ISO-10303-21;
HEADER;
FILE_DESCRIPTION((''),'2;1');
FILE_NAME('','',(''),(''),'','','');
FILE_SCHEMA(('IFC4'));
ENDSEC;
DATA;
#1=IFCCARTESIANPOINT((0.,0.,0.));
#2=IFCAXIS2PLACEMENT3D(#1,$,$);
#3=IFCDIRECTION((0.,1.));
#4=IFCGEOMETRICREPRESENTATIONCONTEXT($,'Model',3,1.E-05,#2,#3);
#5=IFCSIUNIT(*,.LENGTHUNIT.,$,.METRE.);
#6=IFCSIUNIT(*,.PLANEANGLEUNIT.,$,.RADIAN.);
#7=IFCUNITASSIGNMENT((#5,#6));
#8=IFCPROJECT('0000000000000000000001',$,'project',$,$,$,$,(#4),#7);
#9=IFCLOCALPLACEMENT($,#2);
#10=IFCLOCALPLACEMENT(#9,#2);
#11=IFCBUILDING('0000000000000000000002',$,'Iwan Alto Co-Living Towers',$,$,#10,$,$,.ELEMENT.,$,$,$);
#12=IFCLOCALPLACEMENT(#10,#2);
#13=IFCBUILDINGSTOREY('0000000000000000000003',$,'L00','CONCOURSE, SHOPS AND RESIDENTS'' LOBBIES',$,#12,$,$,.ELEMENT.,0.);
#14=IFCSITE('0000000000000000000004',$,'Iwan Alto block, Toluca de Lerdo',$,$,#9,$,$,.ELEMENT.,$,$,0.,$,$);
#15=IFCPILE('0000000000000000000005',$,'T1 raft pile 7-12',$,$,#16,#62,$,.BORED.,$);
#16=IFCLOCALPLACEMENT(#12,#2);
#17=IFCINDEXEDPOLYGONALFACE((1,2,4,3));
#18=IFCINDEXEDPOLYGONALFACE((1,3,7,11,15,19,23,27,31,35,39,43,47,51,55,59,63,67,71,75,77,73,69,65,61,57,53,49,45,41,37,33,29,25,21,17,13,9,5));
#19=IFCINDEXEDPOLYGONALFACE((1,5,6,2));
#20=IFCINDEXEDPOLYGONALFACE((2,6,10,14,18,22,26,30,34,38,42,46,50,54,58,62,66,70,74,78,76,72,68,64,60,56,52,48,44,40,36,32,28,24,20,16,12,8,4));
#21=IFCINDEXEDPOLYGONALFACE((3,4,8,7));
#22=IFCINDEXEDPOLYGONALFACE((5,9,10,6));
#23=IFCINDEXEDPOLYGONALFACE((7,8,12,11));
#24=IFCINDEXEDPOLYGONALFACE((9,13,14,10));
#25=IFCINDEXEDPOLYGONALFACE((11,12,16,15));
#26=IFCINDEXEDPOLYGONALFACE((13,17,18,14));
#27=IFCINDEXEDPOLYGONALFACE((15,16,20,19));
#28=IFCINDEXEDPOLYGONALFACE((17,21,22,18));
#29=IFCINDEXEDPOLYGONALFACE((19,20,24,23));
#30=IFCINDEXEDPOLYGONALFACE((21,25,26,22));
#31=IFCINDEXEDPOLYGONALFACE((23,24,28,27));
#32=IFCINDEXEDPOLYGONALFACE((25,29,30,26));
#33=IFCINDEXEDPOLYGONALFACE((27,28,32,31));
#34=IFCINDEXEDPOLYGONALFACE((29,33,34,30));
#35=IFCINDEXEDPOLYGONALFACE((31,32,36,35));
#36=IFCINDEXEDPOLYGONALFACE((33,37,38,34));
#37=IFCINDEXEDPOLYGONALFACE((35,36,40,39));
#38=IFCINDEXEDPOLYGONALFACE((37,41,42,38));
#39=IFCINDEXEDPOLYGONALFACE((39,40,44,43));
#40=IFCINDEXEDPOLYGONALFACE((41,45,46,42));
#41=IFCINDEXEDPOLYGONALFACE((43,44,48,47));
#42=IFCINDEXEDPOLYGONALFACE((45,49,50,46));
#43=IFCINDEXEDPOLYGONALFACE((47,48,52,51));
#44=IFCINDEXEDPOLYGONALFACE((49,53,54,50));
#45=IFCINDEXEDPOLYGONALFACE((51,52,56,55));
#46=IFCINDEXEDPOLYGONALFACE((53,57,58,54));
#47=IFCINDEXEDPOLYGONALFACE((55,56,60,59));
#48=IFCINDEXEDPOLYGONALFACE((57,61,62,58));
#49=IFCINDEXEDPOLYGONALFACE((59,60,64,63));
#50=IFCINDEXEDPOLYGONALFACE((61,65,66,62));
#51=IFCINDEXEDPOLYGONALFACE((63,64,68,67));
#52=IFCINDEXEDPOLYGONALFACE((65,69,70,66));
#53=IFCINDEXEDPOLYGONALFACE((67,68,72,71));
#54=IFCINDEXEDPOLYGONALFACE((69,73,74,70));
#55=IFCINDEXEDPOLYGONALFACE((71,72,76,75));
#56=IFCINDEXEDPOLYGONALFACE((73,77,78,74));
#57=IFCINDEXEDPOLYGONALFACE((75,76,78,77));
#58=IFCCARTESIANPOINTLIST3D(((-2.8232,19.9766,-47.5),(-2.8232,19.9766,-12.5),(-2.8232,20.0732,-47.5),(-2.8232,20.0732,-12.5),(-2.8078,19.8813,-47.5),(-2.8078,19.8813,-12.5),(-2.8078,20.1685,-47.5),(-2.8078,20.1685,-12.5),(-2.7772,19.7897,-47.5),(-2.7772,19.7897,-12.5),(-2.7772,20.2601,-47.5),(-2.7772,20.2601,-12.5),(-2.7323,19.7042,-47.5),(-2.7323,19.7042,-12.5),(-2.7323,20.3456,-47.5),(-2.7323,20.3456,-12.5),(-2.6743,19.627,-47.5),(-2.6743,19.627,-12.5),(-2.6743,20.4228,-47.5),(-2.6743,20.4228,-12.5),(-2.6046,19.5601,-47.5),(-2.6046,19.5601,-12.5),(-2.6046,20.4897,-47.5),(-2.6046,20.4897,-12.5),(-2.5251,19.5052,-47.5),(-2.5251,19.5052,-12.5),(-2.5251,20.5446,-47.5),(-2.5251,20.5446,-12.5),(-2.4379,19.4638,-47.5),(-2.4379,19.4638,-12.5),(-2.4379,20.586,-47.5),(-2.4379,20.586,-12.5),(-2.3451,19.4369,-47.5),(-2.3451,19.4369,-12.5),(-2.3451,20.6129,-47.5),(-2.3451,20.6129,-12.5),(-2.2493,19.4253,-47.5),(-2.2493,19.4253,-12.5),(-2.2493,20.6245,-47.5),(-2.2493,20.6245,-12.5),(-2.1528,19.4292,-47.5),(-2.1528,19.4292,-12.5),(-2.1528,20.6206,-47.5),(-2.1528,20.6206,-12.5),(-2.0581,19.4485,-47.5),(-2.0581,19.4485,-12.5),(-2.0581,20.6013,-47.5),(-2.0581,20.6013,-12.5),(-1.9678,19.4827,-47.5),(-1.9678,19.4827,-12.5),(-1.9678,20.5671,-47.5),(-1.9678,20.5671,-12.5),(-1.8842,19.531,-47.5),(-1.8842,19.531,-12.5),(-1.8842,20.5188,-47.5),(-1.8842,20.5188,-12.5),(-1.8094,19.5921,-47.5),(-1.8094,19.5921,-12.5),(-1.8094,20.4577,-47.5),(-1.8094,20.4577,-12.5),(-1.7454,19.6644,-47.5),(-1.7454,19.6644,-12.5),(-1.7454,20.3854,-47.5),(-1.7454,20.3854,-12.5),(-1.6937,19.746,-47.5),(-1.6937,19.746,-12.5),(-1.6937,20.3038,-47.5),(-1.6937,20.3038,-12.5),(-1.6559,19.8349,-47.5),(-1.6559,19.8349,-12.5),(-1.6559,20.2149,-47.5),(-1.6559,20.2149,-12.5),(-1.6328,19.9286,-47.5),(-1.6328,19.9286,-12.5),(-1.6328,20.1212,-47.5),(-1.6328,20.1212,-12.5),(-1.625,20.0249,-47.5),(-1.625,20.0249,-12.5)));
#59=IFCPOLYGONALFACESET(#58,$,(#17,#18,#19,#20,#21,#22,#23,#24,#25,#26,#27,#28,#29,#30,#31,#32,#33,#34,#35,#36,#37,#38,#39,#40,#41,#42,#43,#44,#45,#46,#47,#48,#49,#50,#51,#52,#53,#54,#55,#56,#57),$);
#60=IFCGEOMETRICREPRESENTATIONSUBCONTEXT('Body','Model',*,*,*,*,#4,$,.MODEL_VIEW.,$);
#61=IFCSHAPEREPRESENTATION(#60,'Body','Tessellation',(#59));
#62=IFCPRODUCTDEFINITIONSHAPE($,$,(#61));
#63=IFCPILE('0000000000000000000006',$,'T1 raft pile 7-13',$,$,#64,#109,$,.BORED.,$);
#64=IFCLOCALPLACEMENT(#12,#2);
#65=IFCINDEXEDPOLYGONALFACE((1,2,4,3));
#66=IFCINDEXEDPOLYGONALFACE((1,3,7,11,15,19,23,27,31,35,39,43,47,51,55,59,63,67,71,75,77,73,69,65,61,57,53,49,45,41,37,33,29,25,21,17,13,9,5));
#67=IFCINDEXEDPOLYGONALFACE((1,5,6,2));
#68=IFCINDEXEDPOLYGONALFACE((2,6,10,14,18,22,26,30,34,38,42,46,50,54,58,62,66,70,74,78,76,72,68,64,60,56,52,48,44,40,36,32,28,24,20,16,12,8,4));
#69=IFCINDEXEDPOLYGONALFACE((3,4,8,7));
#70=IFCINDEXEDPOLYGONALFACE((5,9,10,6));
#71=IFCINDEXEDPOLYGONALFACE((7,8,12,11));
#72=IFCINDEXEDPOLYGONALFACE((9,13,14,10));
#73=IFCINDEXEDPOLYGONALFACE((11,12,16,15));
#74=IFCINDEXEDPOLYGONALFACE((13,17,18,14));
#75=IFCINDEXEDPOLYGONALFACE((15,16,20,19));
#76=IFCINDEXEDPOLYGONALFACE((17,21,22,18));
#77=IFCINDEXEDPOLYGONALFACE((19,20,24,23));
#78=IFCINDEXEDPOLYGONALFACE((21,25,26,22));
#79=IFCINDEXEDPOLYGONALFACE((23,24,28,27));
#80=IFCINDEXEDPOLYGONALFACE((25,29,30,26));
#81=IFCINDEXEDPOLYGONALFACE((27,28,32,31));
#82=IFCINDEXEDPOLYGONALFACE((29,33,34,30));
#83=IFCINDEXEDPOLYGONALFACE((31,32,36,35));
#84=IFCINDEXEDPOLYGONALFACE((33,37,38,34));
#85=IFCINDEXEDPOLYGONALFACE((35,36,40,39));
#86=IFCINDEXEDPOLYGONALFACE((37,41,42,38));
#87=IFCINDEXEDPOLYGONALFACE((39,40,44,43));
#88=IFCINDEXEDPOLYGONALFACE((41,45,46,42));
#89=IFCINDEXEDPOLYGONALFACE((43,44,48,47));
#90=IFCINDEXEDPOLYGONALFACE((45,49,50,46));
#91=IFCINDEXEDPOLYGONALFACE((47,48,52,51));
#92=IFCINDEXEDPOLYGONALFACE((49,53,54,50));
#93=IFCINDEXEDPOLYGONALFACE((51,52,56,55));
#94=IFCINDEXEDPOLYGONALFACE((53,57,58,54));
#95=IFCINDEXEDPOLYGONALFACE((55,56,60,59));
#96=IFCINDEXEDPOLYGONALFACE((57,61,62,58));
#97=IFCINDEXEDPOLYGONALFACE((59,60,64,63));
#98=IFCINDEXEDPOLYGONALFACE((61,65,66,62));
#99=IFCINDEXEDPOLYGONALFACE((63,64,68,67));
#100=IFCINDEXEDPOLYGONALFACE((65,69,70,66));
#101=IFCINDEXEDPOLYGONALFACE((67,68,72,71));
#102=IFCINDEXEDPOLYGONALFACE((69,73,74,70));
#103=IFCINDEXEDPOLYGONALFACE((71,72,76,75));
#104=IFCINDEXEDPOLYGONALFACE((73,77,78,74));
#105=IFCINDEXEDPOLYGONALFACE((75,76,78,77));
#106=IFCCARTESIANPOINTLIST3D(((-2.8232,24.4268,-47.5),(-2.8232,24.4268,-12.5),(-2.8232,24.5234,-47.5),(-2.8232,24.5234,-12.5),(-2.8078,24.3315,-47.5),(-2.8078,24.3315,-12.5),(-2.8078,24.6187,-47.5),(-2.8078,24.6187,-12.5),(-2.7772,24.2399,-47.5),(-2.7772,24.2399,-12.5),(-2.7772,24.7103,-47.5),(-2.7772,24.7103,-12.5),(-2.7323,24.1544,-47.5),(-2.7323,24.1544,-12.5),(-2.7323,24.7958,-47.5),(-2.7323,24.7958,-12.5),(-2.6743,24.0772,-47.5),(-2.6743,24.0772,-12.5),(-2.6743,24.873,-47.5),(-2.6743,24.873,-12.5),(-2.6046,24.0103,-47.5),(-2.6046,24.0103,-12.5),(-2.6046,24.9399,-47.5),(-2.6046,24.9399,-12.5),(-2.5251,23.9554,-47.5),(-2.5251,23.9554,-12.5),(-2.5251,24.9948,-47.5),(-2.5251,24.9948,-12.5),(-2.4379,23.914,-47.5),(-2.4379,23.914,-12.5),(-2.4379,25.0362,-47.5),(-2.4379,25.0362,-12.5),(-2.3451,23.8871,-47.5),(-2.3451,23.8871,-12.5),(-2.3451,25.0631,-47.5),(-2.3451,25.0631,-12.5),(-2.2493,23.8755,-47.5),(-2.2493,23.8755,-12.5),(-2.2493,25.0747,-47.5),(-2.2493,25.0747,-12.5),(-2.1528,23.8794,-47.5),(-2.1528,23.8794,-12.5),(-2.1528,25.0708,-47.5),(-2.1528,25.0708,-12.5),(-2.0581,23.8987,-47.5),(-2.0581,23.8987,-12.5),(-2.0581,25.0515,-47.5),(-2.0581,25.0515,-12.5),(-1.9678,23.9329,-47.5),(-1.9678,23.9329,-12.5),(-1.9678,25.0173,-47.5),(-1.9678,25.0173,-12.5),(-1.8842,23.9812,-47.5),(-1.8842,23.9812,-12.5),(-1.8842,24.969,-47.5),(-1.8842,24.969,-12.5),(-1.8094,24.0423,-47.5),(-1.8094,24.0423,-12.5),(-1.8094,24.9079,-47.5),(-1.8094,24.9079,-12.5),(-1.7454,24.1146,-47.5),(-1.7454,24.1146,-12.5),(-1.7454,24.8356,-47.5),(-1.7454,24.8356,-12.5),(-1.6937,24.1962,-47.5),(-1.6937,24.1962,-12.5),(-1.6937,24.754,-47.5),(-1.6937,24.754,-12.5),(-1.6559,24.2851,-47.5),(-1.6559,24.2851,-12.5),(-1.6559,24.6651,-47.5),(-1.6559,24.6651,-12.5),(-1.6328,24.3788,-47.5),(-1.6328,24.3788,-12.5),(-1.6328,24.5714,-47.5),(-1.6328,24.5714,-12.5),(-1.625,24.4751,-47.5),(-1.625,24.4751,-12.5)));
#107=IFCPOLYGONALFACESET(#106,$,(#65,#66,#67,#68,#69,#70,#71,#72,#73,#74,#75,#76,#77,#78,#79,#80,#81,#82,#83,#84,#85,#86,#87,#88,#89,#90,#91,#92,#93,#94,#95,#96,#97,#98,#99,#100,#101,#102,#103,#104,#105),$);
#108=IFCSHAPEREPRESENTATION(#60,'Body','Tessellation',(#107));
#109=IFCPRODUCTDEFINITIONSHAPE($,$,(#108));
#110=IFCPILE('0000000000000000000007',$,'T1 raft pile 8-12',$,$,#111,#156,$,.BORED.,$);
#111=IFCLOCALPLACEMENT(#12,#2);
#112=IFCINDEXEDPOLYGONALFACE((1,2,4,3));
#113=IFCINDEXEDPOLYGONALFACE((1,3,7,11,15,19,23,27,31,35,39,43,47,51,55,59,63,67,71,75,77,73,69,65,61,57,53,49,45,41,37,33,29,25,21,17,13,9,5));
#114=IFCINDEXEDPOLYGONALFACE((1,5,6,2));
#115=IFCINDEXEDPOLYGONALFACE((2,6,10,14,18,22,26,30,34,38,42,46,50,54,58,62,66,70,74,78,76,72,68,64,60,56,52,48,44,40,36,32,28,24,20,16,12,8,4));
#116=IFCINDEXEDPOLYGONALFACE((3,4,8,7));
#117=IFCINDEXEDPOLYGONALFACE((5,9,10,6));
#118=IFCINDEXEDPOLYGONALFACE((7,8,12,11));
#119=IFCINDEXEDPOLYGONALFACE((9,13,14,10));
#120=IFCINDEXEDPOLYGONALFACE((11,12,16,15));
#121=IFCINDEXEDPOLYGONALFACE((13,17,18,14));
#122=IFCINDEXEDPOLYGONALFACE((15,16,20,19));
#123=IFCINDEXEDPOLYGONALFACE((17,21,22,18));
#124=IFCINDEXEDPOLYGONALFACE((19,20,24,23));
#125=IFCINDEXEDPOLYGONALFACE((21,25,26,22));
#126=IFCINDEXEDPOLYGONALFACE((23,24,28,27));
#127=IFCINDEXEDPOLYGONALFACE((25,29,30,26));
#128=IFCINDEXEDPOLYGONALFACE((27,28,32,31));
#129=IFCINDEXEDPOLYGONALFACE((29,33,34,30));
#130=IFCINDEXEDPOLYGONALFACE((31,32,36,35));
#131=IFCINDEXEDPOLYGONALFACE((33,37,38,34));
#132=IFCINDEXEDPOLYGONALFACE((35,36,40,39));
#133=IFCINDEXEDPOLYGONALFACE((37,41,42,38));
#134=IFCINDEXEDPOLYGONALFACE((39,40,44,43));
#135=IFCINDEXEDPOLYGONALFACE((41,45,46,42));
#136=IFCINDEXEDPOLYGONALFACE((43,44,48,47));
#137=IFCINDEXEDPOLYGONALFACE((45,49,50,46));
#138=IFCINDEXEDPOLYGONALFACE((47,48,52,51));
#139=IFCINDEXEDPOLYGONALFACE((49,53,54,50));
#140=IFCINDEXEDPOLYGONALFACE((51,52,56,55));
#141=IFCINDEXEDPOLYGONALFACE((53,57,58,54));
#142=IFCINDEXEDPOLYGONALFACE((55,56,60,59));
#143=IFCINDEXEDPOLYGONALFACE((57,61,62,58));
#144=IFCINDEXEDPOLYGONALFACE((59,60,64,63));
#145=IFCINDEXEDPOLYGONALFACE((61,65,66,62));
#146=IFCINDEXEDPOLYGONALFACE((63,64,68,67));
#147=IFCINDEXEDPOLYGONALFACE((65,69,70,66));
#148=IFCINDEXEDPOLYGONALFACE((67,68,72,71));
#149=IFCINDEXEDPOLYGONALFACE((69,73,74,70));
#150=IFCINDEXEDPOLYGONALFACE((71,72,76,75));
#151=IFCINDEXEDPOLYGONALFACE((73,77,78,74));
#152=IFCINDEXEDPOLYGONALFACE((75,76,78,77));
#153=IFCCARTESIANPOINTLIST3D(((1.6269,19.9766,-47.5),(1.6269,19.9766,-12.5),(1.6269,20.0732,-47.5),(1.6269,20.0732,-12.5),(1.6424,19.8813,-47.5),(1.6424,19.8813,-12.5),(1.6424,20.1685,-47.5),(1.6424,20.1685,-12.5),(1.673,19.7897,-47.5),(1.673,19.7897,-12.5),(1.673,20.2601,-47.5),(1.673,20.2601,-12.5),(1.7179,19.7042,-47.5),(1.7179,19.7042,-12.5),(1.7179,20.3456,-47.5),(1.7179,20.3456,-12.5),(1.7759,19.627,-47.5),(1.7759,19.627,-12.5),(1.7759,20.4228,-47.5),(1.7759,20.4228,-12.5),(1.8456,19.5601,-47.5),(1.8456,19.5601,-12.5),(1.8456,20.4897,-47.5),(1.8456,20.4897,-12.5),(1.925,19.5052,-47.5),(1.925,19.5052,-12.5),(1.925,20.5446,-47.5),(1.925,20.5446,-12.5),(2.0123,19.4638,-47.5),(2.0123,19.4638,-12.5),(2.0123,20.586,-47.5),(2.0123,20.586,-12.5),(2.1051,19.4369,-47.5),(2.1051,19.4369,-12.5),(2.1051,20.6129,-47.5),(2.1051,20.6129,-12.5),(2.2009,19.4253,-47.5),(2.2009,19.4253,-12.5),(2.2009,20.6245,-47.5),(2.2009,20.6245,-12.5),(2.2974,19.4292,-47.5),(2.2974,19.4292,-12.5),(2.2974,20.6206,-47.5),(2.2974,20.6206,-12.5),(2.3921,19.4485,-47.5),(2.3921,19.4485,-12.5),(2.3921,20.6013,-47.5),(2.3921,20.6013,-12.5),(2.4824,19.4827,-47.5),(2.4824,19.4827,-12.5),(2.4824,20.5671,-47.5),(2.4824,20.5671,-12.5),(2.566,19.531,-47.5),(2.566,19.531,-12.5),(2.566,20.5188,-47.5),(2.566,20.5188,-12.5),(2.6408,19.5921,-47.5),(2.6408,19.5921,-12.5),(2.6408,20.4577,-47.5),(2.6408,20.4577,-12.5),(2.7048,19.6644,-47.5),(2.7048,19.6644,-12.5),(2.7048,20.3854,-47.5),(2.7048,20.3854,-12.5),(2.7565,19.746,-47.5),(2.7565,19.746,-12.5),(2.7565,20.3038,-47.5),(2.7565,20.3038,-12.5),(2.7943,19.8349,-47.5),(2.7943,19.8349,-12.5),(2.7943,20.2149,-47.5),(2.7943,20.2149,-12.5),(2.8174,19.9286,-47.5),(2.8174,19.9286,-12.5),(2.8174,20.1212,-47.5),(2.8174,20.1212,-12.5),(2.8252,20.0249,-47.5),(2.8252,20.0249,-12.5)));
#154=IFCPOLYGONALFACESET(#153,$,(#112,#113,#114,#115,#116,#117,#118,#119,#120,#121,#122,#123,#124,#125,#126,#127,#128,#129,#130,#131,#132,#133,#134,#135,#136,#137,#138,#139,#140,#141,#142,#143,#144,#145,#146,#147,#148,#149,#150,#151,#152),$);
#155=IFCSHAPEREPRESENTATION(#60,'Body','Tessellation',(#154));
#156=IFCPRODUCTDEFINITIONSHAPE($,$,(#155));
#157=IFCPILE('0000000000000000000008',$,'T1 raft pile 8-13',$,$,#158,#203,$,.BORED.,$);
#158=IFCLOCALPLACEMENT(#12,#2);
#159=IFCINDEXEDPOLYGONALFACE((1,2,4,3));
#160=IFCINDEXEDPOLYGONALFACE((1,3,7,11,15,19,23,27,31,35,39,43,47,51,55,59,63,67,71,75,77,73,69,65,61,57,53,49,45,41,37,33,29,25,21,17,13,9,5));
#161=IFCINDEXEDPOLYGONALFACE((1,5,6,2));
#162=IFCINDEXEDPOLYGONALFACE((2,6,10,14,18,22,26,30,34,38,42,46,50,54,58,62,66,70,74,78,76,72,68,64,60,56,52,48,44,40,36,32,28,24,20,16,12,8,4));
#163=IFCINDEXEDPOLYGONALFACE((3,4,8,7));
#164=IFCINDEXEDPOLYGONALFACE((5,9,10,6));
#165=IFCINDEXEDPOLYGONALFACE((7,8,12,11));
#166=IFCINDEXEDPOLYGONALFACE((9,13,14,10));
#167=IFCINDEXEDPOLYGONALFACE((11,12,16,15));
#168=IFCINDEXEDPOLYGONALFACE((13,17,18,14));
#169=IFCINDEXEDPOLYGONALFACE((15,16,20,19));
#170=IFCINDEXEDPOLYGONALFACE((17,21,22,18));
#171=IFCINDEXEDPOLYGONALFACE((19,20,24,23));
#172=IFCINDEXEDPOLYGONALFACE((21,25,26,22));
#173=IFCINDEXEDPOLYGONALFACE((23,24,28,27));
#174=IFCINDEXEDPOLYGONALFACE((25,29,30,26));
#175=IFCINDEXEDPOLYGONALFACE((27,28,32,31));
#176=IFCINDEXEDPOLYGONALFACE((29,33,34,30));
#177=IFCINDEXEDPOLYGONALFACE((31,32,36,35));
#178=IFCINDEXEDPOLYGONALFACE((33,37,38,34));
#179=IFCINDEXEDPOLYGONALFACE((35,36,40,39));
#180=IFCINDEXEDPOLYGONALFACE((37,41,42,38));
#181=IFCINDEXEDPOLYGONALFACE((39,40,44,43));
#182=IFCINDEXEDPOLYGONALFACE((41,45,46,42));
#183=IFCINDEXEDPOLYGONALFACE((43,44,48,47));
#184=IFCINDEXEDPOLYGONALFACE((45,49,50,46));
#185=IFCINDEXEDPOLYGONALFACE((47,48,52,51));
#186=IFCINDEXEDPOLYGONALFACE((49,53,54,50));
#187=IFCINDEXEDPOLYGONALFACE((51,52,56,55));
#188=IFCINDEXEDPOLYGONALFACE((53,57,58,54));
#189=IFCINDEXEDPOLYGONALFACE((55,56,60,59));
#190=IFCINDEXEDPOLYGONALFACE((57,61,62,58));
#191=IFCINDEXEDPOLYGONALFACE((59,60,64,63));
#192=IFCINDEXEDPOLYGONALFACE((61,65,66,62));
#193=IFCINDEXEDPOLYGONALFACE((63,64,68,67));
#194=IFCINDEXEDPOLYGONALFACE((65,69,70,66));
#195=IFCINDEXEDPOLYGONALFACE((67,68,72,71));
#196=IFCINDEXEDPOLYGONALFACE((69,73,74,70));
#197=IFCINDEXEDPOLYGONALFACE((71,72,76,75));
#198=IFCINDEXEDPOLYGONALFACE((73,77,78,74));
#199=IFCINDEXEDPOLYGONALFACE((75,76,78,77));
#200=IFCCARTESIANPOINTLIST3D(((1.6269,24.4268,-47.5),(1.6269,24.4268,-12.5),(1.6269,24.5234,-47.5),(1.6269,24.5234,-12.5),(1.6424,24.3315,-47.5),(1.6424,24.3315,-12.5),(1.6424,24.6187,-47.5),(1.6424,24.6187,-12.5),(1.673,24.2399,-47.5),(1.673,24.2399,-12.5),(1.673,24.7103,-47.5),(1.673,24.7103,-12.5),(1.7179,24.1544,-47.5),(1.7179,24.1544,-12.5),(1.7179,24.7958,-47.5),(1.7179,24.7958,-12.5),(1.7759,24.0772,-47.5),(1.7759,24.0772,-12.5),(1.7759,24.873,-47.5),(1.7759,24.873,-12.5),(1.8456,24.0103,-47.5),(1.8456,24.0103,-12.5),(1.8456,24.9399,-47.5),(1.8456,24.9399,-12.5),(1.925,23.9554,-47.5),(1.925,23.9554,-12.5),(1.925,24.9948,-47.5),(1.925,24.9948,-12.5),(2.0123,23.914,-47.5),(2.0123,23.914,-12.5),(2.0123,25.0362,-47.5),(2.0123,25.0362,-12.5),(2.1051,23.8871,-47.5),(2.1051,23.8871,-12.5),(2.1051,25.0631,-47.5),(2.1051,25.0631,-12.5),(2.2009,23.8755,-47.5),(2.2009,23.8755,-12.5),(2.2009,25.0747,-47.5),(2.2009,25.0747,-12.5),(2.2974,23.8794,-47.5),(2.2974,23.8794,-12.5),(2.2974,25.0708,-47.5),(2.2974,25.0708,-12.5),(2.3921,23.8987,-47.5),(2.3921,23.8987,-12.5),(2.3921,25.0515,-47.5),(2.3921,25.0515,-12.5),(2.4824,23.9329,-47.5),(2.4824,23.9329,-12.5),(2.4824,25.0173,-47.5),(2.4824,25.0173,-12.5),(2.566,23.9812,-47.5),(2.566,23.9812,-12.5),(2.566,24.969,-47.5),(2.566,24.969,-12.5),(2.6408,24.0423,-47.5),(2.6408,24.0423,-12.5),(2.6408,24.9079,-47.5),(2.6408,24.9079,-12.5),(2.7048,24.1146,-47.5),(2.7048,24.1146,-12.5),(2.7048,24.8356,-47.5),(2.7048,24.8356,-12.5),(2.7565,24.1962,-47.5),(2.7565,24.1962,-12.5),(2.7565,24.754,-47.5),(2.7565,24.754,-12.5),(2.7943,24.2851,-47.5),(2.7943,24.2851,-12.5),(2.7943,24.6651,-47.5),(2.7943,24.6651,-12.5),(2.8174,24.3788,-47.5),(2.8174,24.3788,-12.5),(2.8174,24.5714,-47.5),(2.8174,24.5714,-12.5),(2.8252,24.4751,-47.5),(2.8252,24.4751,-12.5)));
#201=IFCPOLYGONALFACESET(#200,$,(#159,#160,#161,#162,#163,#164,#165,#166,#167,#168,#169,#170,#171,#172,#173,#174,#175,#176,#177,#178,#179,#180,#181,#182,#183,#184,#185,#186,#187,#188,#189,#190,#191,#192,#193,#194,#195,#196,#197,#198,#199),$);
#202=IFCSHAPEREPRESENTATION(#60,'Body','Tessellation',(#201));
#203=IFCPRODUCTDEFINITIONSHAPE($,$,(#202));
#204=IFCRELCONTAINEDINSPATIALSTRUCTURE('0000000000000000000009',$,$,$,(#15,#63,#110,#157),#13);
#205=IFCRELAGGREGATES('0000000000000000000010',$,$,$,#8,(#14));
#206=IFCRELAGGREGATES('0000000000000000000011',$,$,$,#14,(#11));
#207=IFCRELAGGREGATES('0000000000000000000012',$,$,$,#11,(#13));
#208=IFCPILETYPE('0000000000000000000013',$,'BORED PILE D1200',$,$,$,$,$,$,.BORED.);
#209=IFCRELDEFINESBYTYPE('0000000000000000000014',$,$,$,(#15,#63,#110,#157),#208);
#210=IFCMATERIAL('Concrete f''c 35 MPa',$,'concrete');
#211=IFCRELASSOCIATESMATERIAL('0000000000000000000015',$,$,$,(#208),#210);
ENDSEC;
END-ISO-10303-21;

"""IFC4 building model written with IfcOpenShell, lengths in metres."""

from ifc_helpers import new_model, si_unit, direction, frame, origin, origin_2d, place, context, subcontext, project, spatial, circle, extrude, material, material_profile, profile_set, type_object, element, save


model = new_model("IFC4")

# Units and contexts
model_context = context("Model", 3, precision=1e-05, world=origin(), true_north=direction((0.0, 1.0)))
body_context = subcontext(model_context, "Body", "Model", "MODEL_VIEW")
ifc_project = project(units=[si_unit("LENGTHUNIT", "METRE"), si_unit("PLANEANGLEUNIT", "RADIAN")], contexts=[model_context])

# Site, building, storey
site_placement = place(None, origin())
site = spatial("IfcSite", under=ifc_project, at=site_placement, Name="Iwan Alto block, Toluca de Lerdo", CompositionType="ELEMENT", RefElevation=0.0)
building_placement = place(site_placement, origin())
building = spatial("IfcBuilding", under=site, at=building_placement, Name="Iwan Alto Co-Living Towers", CompositionType="ELEMENT")
storey_placement = place(building_placement, origin())
storey = spatial("IfcBuildingStorey", under=building, at=storey_placement, Name="L00", Description="CONCOURSE, SHOPS AND RESIDENTS' LOBBIES", CompositionType="ELEMENT", Elevation=0.0)

# Piles
ifc_material_1 = material(Name="Concrete f'c 35 MPa", Category="concrete")
ifc_material_profile_1 = material_profile(ifc_material_1, circle(Radius=0.6001, at=origin_2d()), Name="D1200")
ifc_profile_set_1 = profile_set([ifc_material_profile_1], Name="Concrete f'c 35 MPa")
pile_type = type_object("IfcPileType", Name="BORED PILE D1200", PredefinedType="BORED", material=ifc_profile_set_1)
for number, where, z_axis, x_axis, name in (
    (1, (-2.2251, 20.0249, -12.5), (0.0, 0.0, -1.0), (1.0, 0.0, 0.0), "T1 raft pile 7-12"),
    (2, (-2.2251, 24.4751, -12.5), (0.0, 0.0, -1.0), (1.0, 0.0, 0.0), "T1 raft pile 7-13"),
    (3, (2.2251, 20.0249, -12.5), (0.0, 0.0, -1.0), (1.0, 0.0, 0.0), "T1 raft pile 8-12"),
    (4, (2.2251, 24.4751, -12.5), (0.0, 0.0, -1.0), (1.0, 0.0, 0.0), "T1 raft pile 8-13"),
):
    element("IfcPile", number, at=place(storey_placement, frame(where, z_axis=z_axis, x_axis=x_axis)), inside=storey, type_object=pile_type, Name=name, PredefinedType="BORED", context=body_context, shape_type="SweptSolid", body=[
        extrude(circle(Radius=0.6001, at=origin_2d()), origin(), (0.0, 0.0, 1.0), 35.0),
    ])

save(model, "model.ifc")
